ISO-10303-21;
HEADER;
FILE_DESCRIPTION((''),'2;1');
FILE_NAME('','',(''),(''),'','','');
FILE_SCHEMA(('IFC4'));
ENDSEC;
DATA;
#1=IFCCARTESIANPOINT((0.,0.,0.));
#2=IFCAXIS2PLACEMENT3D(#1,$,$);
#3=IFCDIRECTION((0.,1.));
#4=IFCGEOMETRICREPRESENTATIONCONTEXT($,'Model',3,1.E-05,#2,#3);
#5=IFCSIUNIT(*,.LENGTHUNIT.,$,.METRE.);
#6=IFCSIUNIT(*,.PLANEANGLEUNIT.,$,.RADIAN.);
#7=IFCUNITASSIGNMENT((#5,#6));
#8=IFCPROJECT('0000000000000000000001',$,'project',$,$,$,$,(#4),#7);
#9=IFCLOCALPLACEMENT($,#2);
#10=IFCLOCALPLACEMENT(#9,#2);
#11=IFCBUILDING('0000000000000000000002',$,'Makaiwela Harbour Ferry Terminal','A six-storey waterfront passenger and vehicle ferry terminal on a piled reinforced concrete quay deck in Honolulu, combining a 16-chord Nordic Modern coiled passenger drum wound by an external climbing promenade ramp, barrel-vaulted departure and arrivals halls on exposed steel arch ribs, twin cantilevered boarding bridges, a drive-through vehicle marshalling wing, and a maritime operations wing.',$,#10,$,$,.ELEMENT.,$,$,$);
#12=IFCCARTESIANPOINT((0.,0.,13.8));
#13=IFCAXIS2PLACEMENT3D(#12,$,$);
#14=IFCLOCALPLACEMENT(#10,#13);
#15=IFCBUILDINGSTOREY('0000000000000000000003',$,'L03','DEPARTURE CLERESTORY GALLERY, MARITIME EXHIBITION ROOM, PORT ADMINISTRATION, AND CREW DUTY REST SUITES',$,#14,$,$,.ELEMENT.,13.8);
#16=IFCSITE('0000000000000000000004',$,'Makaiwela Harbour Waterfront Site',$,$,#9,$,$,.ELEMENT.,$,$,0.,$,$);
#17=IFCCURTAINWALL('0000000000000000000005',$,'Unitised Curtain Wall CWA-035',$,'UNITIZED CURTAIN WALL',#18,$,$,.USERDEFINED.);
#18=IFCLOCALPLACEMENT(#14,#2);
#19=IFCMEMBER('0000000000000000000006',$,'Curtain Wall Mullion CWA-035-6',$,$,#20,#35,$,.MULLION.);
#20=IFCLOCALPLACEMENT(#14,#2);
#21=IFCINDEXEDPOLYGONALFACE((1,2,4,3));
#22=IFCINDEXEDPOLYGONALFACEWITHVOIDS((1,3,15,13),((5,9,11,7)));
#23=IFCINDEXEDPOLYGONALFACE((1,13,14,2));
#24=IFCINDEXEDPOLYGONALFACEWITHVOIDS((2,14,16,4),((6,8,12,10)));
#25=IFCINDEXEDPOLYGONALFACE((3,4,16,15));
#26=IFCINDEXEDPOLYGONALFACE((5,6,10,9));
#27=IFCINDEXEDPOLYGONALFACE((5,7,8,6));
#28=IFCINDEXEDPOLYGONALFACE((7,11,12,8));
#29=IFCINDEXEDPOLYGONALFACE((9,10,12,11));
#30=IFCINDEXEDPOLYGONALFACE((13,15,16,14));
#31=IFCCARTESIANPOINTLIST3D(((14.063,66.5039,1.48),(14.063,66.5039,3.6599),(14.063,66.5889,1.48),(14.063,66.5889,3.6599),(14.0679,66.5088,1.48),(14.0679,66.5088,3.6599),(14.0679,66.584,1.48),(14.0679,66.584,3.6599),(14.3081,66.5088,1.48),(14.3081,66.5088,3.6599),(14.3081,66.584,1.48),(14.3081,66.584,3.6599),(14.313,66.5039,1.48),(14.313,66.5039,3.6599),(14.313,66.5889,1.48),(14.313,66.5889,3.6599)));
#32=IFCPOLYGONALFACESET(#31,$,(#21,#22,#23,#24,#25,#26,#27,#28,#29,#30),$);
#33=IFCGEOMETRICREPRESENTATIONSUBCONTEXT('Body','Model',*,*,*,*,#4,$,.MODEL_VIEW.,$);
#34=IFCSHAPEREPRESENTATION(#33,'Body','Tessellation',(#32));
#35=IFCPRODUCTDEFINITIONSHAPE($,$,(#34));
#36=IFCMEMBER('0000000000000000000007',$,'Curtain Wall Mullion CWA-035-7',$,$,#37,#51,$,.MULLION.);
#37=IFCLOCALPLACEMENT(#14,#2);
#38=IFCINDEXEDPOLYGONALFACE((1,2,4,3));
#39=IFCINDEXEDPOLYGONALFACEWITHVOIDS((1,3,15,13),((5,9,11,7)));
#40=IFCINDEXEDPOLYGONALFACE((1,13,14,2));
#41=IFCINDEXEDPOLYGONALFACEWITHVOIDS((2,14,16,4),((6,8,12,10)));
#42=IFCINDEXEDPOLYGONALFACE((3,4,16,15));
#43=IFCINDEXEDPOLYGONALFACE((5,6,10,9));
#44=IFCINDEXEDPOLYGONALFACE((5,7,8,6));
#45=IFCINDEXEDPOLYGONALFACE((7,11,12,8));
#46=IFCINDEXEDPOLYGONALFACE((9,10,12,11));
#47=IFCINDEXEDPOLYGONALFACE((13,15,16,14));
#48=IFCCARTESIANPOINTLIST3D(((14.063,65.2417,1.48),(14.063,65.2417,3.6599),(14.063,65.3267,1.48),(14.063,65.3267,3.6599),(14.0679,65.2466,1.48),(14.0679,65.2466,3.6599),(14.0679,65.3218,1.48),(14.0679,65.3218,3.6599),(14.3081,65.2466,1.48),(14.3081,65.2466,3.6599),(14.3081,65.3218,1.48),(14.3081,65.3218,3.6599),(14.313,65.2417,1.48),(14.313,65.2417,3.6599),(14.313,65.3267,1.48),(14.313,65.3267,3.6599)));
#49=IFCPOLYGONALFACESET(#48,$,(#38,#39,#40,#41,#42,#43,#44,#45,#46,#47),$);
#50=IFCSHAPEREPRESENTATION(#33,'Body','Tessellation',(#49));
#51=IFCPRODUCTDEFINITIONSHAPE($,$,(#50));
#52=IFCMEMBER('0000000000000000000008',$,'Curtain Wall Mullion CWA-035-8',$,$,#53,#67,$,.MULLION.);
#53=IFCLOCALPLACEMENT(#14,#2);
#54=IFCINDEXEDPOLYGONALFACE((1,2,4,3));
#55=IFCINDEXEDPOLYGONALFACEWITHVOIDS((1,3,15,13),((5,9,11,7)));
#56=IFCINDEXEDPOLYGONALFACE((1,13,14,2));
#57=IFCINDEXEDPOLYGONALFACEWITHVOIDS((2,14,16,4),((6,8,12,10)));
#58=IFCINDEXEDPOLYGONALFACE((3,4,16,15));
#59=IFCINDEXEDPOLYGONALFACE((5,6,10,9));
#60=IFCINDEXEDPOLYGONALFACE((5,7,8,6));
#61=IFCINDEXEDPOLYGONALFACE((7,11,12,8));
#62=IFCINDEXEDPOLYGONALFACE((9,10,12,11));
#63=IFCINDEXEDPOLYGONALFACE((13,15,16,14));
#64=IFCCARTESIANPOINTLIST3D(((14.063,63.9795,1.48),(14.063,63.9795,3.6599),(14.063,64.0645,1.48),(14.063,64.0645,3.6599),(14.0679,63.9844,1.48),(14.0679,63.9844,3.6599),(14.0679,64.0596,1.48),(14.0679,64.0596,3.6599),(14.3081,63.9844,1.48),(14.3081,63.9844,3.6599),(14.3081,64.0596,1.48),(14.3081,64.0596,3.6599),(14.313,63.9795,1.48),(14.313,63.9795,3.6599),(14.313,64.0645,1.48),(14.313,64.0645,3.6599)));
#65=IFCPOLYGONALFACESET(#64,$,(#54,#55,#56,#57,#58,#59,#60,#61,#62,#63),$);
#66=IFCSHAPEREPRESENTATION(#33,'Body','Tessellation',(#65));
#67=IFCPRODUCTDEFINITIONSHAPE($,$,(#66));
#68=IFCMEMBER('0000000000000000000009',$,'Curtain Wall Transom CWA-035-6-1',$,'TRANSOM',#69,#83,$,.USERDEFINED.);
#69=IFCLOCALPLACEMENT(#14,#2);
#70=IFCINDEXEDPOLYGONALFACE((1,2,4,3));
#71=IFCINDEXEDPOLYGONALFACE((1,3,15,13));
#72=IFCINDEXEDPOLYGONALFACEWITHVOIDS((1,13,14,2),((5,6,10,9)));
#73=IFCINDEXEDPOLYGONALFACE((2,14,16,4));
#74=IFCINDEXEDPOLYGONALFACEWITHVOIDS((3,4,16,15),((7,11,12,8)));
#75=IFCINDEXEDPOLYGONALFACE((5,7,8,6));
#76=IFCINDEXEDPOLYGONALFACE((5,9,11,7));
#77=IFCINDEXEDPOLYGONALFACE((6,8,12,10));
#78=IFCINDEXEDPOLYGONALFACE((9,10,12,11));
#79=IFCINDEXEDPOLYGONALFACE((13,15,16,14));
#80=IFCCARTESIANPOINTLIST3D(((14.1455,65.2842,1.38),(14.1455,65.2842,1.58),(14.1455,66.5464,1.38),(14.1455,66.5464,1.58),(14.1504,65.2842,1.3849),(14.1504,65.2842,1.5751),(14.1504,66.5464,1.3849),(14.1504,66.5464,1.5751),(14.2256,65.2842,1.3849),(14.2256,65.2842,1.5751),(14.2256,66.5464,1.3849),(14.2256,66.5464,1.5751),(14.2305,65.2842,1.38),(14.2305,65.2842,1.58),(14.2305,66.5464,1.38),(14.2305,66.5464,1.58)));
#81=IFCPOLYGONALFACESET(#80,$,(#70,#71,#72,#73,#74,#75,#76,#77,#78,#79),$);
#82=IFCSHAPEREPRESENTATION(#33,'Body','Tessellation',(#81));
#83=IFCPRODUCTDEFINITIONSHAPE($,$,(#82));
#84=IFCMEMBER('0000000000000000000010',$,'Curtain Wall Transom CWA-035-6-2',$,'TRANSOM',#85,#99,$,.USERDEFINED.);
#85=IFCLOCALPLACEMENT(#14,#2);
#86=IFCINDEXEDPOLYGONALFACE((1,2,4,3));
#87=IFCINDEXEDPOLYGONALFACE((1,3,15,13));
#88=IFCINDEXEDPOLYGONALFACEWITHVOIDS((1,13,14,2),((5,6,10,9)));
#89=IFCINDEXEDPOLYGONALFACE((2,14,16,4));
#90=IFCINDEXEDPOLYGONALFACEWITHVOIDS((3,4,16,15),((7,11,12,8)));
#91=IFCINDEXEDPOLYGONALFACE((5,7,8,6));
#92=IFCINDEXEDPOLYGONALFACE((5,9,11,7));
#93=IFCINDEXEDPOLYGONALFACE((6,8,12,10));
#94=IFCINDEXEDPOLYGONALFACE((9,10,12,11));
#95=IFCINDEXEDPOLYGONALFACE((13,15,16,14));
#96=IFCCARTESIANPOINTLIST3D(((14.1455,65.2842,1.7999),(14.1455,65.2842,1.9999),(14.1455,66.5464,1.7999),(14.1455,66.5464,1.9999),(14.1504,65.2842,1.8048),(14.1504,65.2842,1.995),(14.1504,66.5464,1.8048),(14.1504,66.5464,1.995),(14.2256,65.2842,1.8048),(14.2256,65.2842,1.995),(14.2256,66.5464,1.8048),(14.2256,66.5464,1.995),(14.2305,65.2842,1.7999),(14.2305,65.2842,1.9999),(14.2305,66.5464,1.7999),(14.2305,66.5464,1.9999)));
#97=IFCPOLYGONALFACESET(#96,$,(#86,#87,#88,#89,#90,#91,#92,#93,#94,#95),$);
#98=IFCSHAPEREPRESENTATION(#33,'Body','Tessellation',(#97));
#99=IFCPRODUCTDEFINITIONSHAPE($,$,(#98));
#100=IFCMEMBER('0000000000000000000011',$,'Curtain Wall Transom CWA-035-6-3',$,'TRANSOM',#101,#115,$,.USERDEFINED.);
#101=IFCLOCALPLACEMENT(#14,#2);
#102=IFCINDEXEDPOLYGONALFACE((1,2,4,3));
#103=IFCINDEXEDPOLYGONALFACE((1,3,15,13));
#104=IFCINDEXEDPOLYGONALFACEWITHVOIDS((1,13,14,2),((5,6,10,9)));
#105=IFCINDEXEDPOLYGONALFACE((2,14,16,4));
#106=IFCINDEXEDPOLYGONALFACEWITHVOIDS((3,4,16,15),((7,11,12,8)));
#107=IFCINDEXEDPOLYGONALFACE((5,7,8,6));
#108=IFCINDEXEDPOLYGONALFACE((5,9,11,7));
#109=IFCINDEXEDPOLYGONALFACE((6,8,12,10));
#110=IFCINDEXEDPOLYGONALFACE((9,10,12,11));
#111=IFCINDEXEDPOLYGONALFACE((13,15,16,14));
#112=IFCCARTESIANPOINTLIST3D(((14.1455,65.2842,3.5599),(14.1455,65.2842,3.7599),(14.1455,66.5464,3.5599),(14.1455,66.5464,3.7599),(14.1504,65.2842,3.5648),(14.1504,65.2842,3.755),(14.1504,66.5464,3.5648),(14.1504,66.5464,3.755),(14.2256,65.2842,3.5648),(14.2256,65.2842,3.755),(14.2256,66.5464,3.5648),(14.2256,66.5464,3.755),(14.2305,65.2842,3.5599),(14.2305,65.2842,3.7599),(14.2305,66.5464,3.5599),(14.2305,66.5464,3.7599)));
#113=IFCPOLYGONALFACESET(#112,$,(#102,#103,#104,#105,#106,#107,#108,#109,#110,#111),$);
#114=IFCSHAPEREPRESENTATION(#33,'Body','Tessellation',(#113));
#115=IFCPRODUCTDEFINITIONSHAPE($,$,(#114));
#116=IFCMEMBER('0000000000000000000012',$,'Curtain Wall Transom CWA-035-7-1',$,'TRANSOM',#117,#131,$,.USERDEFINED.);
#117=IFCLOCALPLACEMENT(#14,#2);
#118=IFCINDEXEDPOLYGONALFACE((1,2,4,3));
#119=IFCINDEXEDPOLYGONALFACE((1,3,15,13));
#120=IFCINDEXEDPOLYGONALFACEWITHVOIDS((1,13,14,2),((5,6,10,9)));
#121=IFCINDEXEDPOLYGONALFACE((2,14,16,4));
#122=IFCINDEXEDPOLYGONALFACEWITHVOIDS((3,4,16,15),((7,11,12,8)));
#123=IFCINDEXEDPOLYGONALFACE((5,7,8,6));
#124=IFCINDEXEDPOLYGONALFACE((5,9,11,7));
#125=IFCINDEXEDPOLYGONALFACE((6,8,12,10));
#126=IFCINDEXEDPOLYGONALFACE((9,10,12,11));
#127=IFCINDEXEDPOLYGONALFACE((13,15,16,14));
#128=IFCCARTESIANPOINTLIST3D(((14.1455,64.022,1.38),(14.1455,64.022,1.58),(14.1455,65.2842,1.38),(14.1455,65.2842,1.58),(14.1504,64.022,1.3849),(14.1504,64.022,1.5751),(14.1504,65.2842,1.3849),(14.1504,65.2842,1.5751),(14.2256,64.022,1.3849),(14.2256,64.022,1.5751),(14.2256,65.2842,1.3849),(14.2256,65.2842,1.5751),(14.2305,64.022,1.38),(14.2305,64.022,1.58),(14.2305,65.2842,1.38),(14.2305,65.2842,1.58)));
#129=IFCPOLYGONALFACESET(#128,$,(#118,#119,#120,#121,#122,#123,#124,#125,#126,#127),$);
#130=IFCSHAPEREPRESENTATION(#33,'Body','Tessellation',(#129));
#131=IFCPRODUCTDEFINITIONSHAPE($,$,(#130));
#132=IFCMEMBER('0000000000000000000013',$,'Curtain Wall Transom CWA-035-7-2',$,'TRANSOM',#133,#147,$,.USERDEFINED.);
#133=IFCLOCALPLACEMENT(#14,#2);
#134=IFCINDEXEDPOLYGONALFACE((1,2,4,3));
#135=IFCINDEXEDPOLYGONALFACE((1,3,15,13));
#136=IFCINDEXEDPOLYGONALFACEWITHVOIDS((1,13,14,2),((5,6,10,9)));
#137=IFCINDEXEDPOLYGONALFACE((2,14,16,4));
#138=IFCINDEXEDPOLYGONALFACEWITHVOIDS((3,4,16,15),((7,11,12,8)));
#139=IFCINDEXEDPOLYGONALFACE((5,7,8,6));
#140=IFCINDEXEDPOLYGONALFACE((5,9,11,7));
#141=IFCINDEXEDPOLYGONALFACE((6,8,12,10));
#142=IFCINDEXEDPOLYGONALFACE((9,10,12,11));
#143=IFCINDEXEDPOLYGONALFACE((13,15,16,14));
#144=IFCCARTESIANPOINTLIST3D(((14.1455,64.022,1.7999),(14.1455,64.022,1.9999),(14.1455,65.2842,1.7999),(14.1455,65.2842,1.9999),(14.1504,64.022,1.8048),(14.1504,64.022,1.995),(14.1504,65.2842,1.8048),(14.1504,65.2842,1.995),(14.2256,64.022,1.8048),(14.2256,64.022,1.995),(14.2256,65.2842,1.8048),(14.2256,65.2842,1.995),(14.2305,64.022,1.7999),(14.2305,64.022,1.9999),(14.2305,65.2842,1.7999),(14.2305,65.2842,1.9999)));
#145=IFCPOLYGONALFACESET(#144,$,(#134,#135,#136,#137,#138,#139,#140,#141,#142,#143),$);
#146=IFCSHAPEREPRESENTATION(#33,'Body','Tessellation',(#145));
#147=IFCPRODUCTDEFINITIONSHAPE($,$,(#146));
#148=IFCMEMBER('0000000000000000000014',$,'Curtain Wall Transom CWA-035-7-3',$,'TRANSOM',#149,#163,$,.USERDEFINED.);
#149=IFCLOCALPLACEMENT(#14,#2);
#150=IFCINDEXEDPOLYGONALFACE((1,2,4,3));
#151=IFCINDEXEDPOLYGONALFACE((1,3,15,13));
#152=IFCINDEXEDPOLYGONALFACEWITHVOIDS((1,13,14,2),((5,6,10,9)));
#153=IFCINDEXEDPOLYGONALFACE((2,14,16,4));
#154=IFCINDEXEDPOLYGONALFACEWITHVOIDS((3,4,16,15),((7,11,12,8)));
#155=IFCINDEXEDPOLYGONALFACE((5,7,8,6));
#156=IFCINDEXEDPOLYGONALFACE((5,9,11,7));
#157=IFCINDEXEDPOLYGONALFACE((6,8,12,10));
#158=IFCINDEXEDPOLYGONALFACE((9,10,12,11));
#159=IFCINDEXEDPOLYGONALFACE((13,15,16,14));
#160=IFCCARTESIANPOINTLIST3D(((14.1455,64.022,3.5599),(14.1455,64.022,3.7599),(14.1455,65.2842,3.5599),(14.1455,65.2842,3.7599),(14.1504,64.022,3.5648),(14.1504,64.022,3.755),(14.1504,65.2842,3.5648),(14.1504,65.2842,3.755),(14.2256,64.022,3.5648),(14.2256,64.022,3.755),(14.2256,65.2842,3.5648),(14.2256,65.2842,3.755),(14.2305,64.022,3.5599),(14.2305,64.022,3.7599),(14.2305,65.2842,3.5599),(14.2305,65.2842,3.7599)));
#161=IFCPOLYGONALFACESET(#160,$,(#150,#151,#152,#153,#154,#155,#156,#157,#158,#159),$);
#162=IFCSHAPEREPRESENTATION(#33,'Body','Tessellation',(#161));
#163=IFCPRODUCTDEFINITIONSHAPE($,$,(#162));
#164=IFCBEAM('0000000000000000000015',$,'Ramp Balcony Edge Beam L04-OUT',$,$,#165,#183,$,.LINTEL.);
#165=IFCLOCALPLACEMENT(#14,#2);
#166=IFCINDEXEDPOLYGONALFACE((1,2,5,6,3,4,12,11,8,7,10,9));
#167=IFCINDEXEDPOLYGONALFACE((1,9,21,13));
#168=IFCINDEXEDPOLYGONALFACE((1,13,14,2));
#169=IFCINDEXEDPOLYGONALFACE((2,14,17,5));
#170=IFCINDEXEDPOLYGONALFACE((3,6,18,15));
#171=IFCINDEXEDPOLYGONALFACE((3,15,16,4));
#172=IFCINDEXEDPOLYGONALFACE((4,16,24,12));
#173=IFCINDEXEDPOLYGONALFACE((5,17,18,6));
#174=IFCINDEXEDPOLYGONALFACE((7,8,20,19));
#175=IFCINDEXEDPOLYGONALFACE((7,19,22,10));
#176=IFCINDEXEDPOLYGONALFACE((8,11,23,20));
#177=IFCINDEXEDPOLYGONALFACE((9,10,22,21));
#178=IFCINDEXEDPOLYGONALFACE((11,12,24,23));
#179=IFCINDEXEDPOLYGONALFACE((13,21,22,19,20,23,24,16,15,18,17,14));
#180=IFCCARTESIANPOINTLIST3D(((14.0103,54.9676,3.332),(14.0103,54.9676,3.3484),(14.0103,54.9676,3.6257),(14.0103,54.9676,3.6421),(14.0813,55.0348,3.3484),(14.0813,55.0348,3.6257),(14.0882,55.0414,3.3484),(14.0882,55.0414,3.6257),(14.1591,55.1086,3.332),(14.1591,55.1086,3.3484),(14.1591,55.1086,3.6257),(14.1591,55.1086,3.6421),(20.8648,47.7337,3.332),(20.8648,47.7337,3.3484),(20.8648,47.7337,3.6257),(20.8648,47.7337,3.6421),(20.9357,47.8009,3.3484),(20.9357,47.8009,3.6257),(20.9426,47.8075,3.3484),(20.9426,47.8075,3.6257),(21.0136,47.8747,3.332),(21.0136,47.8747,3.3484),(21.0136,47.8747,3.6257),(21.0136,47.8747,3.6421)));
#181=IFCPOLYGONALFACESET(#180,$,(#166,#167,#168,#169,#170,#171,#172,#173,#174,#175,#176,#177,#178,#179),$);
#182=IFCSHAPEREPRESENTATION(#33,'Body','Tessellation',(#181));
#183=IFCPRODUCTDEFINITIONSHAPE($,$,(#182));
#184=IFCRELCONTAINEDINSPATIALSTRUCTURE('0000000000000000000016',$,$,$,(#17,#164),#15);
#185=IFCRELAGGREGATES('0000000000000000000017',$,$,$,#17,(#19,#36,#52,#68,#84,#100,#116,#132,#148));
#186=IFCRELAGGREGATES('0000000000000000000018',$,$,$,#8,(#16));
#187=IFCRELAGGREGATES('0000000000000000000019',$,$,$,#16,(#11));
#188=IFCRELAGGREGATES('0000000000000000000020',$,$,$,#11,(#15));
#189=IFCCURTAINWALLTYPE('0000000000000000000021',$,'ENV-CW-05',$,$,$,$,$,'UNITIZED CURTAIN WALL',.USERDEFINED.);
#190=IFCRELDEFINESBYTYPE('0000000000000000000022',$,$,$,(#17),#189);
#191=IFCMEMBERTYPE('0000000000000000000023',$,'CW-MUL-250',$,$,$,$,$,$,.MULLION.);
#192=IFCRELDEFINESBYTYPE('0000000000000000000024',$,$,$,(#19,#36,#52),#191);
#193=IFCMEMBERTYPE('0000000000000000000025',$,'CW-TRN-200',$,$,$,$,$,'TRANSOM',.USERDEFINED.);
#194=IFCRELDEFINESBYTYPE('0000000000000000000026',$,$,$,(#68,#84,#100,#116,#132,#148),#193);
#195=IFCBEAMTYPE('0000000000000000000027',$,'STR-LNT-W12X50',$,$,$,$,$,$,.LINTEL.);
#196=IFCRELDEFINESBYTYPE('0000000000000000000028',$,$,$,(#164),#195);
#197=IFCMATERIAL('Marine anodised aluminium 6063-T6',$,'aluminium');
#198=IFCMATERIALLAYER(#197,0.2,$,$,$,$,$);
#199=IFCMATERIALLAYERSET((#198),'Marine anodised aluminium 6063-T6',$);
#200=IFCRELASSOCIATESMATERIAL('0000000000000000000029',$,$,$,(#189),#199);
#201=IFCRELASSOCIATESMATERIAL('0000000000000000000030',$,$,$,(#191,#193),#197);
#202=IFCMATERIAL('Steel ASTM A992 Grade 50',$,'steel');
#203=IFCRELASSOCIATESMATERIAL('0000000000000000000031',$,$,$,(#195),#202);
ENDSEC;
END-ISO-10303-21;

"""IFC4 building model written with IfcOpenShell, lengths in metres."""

from ifc_helpers import new_model, si_unit, direction, frame, origin, origin_2d, place, context, subcontext, project, spatial, hollow_rectangle, i_section, extrude, material, layer, layer_set, material_profile, profile_set, type_object, element, aggregate, save


model = new_model("IFC4")

# Units and contexts
model_context = context("Model", 3, precision=1e-05, world=origin(), true_north=direction((0.0, 1.0)))
body_context = subcontext(model_context, "Body", "Model", "MODEL_VIEW")
ifc_project = project(units=[si_unit("LENGTHUNIT", "METRE"), si_unit("PLANEANGLEUNIT", "RADIAN")], contexts=[model_context])

# Site, building, storey
site_placement = place(None, origin())
site = spatial("IfcSite", under=ifc_project, at=site_placement, Name="Makaiwela Harbour Waterfront Site", CompositionType="ELEMENT", RefElevation=0.0)
building_placement = place(site_placement, origin())
building = spatial("IfcBuilding", under=site, at=building_placement, Name="Makaiwela Harbour Ferry Terminal", Description="A six-storey waterfront passenger and vehicle ferry terminal on a piled reinforced concrete quay deck in Honolulu, combining a 16-chord Nordic Modern coiled passenger drum wound by an external climbing promenade ramp, barrel-vaulted departure and arrivals halls on exposed steel arch ribs, twin cantilevered boarding bridges, a drive-through vehicle marshalling wing, and a maritime operations wing.", CompositionType="ELEMENT")
storey_placement = place(building_placement, frame((0.0, 0.0, 13.8)))
storey = spatial("IfcBuildingStorey", under=building, at=storey_placement, Name="L03", Description="DEPARTURE CLERESTORY GALLERY, MARITIME EXHIBITION ROOM, PORT ADMINISTRATION, AND CREW DUTY REST SUITES", CompositionType="ELEMENT", Elevation=13.8)

# Curtain wall, members
ifc_material_1 = material(Name="Marine anodised aluminium 6063-T6", Category="aluminium")
ifc_layer_1 = layer(ifc_material_1, 0.2)
ifc_layer_set_1 = layer_set([ifc_layer_1], Name="Marine anodised aluminium 6063-T6")
curtain_wall_type = type_object("IfcCurtainWallType", Name="ENV-CW-05", ElementType="UNITIZED CURTAIN WALL", PredefinedType="USERDEFINED", material=ifc_layer_set_1)
curtain_wall_placement = place(storey_placement, origin())
curtain_wall = element("IfcCurtainWall", 1, at=curtain_wall_placement, inside=storey, type_object=curtain_wall_type, Name="Unitised Curtain Wall CWA-035", ObjectType="UNITIZED CURTAIN WALL", PredefinedType="USERDEFINED")
ifc_material_profile_1 = material_profile(ifc_material_1, hollow_rectangle(XDim=0.085, YDim=0.25, WallThickness=0.0049, at=origin_2d()), Name="CWM-250X85")
ifc_profile_set_1 = profile_set([ifc_material_profile_1], Name="Marine anodised aluminium 6063-T6")
member_type_1 = type_object("IfcMemberType", Name="CW-MUL-250", PredefinedType="MULLION", material=ifc_profile_set_1)
member_1_placement = place(storey_placement, frame((14.188, 66.5464, 1.48), z_axis=(0.0, 0.0, 1.0), x_axis=(0.0, 1.0, 0.0)))
member_1 = element("IfcMember", 2, at=member_1_placement, type_object=member_type_1, Name="Curtain Wall Mullion CWA-035-6", PredefinedType="MULLION", context=body_context, shape_type="SweptSolid", body=[
    extrude(hollow_rectangle(XDim=0.085, YDim=0.25, WallThickness=0.0049, at=origin_2d()), origin(), (0.0, 0.0, 1.0), 2.1799),
])
member_2_placement = place(storey_placement, frame((14.188, 65.2842, 1.48), z_axis=(0.0, 0.0, 1.0), x_axis=(0.0, 1.0, 0.0)))
member_2 = element("IfcMember", 3, at=member_2_placement, type_object=member_type_1, Name="Curtain Wall Mullion CWA-035-7", PredefinedType="MULLION", context=body_context, shape_type="SweptSolid", body=[
    extrude(hollow_rectangle(XDim=0.085, YDim=0.25, WallThickness=0.0049, at=origin_2d()), origin(), (0.0, 0.0, 1.0), 2.1799),
])
member_3_placement = place(storey_placement, frame((14.188, 64.022, 1.48), z_axis=(0.0, 0.0, 1.0), x_axis=(0.0, 1.0, 0.0)))
member_3 = element("IfcMember", 4, at=member_3_placement, type_object=member_type_1, Name="Curtain Wall Mullion CWA-035-8", PredefinedType="MULLION", context=body_context, shape_type="SweptSolid", body=[
    extrude(hollow_rectangle(XDim=0.085, YDim=0.25, WallThickness=0.0049, at=origin_2d()), origin(), (0.0, 0.0, 1.0), 2.1799),
])
ifc_material_profile_2 = material_profile(ifc_material_1, hollow_rectangle(XDim=0.085, YDim=0.2, WallThickness=0.0049, at=origin_2d()), Name="CWT-200X85")
ifc_profile_set_2 = profile_set([ifc_material_profile_2], Name="Marine anodised aluminium 6063-T6")
member_type_2 = type_object("IfcMemberType", Name="CW-TRN-200", ElementType="TRANSOM", PredefinedType="USERDEFINED", material=ifc_profile_set_2)
member_4_placement = place(storey_placement, frame((14.188, 66.5464, 1.48), z_axis=(0.0, -1.0, 0.0), x_axis=(1.0, 0.0, 0.0)))
member_4 = element("IfcMember", 5, at=member_4_placement, type_object=member_type_2, Name="Curtain Wall Transom CWA-035-6-1", ObjectType="TRANSOM", PredefinedType="USERDEFINED", context=body_context, shape_type="SweptSolid", body=[
    extrude(hollow_rectangle(XDim=0.085, YDim=0.2, WallThickness=0.0049, at=origin_2d()), origin(), (0.0, 0.0, 1.0), 1.2622),
])
member_5_placement = place(storey_placement, frame((14.188, 66.5464, 1.8999), z_axis=(0.0, -1.0, 0.0), x_axis=(1.0, 0.0, 0.0)))
member_5 = element("IfcMember", 6, at=member_5_placement, type_object=member_type_2, Name="Curtain Wall Transom CWA-035-6-2", ObjectType="TRANSOM", PredefinedType="USERDEFINED", context=body_context, shape_type="SweptSolid", body=[
    extrude(hollow_rectangle(XDim=0.085, YDim=0.2, WallThickness=0.0049, at=origin_2d()), origin(), (0.0, 0.0, 1.0), 1.2622),
])
member_6_placement = place(storey_placement, frame((14.188, 66.5464, 3.6599), z_axis=(0.0, -1.0, 0.0), x_axis=(1.0, 0.0, 0.0)))
member_6 = element("IfcMember", 7, at=member_6_placement, type_object=member_type_2, Name="Curtain Wall Transom CWA-035-6-3", ObjectType="TRANSOM", PredefinedType="USERDEFINED", context=body_context, shape_type="SweptSolid", body=[
    extrude(hollow_rectangle(XDim=0.085, YDim=0.2, WallThickness=0.0049, at=origin_2d()), origin(), (0.0, 0.0, 1.0), 1.2622),
])
member_7_placement = place(storey_placement, frame((14.188, 65.2842, 1.48), z_axis=(0.0, -1.0, 0.0), x_axis=(1.0, 0.0, 0.0)))
member_7 = element("IfcMember", 8, at=member_7_placement, type_object=member_type_2, Name="Curtain Wall Transom CWA-035-7-1", ObjectType="TRANSOM", PredefinedType="USERDEFINED", context=body_context, shape_type="SweptSolid", body=[
    extrude(hollow_rectangle(XDim=0.085, YDim=0.2, WallThickness=0.0049, at=origin_2d()), origin(), (0.0, 0.0, 1.0), 1.2622),
])
member_8_placement = place(storey_placement, frame((14.188, 65.2842, 1.8999), z_axis=(0.0, -1.0, 0.0), x_axis=(1.0, 0.0, 0.0)))
member_8 = element("IfcMember", 9, at=member_8_placement, type_object=member_type_2, Name="Curtain Wall Transom CWA-035-7-2", ObjectType="TRANSOM", PredefinedType="USERDEFINED", context=body_context, shape_type="SweptSolid", body=[
    extrude(hollow_rectangle(XDim=0.085, YDim=0.2, WallThickness=0.0049, at=origin_2d()), origin(), (0.0, 0.0, 1.0), 1.2622),
])
member_9_placement = place(storey_placement, frame((14.188, 65.2842, 3.6599), z_axis=(0.0, -1.0, 0.0), x_axis=(1.0, 0.0, 0.0)))
member_9 = element("IfcMember", 10, at=member_9_placement, type_object=member_type_2, Name="Curtain Wall Transom CWA-035-7-3", ObjectType="TRANSOM", PredefinedType="USERDEFINED", context=body_context, shape_type="SweptSolid", body=[
    extrude(hollow_rectangle(XDim=0.085, YDim=0.2, WallThickness=0.0049, at=origin_2d()), origin(), (0.0, 0.0, 1.0), 1.2622),
])

# Beam
ifc_material_2 = material(Name="Steel ASTM A992 Grade 50", Category="steel")
ifc_material_profile_3 = material_profile(ifc_material_2, i_section(OverallWidth=0.2051, OverallDepth=0.3101, WebThickness=0.0095, FlangeThickness=0.0164, at=origin_2d()), Name="W12X50")
ifc_profile_set_3 = profile_set([ifc_material_profile_3], Name="Steel ASTM A992 Grade 50")
beam_type_1 = type_object("IfcBeamType", Name="STR-LNT-W12X50", PredefinedType="LINTEL", material=ifc_profile_set_3)
beam_1_placement = place(storey_placement, frame((14.0847, 55.0381, 3.4871), z_axis=(0.687815, -0.725886, 0.0), x_axis=(0.725886, 0.687815, 0.0)))
element("IfcBeam", 11, at=beam_1_placement, inside=storey, type_object=beam_type_1, Name="Ramp Balcony Edge Beam L04-OUT", PredefinedType="LINTEL", context=body_context, shape_type="SweptSolid", body=[
    extrude(i_section(OverallWidth=0.2051, OverallDepth=0.3101, WebThickness=0.0095, FlangeThickness=0.0164, at=origin_2d()), origin(), (0.0, 0.0, 1.0), 9.9656),
])

aggregate(curtain_wall, [member_1, member_2, member_3, member_4, member_5, member_6, member_7, member_8, member_9])

save(model, "model.ifc")
